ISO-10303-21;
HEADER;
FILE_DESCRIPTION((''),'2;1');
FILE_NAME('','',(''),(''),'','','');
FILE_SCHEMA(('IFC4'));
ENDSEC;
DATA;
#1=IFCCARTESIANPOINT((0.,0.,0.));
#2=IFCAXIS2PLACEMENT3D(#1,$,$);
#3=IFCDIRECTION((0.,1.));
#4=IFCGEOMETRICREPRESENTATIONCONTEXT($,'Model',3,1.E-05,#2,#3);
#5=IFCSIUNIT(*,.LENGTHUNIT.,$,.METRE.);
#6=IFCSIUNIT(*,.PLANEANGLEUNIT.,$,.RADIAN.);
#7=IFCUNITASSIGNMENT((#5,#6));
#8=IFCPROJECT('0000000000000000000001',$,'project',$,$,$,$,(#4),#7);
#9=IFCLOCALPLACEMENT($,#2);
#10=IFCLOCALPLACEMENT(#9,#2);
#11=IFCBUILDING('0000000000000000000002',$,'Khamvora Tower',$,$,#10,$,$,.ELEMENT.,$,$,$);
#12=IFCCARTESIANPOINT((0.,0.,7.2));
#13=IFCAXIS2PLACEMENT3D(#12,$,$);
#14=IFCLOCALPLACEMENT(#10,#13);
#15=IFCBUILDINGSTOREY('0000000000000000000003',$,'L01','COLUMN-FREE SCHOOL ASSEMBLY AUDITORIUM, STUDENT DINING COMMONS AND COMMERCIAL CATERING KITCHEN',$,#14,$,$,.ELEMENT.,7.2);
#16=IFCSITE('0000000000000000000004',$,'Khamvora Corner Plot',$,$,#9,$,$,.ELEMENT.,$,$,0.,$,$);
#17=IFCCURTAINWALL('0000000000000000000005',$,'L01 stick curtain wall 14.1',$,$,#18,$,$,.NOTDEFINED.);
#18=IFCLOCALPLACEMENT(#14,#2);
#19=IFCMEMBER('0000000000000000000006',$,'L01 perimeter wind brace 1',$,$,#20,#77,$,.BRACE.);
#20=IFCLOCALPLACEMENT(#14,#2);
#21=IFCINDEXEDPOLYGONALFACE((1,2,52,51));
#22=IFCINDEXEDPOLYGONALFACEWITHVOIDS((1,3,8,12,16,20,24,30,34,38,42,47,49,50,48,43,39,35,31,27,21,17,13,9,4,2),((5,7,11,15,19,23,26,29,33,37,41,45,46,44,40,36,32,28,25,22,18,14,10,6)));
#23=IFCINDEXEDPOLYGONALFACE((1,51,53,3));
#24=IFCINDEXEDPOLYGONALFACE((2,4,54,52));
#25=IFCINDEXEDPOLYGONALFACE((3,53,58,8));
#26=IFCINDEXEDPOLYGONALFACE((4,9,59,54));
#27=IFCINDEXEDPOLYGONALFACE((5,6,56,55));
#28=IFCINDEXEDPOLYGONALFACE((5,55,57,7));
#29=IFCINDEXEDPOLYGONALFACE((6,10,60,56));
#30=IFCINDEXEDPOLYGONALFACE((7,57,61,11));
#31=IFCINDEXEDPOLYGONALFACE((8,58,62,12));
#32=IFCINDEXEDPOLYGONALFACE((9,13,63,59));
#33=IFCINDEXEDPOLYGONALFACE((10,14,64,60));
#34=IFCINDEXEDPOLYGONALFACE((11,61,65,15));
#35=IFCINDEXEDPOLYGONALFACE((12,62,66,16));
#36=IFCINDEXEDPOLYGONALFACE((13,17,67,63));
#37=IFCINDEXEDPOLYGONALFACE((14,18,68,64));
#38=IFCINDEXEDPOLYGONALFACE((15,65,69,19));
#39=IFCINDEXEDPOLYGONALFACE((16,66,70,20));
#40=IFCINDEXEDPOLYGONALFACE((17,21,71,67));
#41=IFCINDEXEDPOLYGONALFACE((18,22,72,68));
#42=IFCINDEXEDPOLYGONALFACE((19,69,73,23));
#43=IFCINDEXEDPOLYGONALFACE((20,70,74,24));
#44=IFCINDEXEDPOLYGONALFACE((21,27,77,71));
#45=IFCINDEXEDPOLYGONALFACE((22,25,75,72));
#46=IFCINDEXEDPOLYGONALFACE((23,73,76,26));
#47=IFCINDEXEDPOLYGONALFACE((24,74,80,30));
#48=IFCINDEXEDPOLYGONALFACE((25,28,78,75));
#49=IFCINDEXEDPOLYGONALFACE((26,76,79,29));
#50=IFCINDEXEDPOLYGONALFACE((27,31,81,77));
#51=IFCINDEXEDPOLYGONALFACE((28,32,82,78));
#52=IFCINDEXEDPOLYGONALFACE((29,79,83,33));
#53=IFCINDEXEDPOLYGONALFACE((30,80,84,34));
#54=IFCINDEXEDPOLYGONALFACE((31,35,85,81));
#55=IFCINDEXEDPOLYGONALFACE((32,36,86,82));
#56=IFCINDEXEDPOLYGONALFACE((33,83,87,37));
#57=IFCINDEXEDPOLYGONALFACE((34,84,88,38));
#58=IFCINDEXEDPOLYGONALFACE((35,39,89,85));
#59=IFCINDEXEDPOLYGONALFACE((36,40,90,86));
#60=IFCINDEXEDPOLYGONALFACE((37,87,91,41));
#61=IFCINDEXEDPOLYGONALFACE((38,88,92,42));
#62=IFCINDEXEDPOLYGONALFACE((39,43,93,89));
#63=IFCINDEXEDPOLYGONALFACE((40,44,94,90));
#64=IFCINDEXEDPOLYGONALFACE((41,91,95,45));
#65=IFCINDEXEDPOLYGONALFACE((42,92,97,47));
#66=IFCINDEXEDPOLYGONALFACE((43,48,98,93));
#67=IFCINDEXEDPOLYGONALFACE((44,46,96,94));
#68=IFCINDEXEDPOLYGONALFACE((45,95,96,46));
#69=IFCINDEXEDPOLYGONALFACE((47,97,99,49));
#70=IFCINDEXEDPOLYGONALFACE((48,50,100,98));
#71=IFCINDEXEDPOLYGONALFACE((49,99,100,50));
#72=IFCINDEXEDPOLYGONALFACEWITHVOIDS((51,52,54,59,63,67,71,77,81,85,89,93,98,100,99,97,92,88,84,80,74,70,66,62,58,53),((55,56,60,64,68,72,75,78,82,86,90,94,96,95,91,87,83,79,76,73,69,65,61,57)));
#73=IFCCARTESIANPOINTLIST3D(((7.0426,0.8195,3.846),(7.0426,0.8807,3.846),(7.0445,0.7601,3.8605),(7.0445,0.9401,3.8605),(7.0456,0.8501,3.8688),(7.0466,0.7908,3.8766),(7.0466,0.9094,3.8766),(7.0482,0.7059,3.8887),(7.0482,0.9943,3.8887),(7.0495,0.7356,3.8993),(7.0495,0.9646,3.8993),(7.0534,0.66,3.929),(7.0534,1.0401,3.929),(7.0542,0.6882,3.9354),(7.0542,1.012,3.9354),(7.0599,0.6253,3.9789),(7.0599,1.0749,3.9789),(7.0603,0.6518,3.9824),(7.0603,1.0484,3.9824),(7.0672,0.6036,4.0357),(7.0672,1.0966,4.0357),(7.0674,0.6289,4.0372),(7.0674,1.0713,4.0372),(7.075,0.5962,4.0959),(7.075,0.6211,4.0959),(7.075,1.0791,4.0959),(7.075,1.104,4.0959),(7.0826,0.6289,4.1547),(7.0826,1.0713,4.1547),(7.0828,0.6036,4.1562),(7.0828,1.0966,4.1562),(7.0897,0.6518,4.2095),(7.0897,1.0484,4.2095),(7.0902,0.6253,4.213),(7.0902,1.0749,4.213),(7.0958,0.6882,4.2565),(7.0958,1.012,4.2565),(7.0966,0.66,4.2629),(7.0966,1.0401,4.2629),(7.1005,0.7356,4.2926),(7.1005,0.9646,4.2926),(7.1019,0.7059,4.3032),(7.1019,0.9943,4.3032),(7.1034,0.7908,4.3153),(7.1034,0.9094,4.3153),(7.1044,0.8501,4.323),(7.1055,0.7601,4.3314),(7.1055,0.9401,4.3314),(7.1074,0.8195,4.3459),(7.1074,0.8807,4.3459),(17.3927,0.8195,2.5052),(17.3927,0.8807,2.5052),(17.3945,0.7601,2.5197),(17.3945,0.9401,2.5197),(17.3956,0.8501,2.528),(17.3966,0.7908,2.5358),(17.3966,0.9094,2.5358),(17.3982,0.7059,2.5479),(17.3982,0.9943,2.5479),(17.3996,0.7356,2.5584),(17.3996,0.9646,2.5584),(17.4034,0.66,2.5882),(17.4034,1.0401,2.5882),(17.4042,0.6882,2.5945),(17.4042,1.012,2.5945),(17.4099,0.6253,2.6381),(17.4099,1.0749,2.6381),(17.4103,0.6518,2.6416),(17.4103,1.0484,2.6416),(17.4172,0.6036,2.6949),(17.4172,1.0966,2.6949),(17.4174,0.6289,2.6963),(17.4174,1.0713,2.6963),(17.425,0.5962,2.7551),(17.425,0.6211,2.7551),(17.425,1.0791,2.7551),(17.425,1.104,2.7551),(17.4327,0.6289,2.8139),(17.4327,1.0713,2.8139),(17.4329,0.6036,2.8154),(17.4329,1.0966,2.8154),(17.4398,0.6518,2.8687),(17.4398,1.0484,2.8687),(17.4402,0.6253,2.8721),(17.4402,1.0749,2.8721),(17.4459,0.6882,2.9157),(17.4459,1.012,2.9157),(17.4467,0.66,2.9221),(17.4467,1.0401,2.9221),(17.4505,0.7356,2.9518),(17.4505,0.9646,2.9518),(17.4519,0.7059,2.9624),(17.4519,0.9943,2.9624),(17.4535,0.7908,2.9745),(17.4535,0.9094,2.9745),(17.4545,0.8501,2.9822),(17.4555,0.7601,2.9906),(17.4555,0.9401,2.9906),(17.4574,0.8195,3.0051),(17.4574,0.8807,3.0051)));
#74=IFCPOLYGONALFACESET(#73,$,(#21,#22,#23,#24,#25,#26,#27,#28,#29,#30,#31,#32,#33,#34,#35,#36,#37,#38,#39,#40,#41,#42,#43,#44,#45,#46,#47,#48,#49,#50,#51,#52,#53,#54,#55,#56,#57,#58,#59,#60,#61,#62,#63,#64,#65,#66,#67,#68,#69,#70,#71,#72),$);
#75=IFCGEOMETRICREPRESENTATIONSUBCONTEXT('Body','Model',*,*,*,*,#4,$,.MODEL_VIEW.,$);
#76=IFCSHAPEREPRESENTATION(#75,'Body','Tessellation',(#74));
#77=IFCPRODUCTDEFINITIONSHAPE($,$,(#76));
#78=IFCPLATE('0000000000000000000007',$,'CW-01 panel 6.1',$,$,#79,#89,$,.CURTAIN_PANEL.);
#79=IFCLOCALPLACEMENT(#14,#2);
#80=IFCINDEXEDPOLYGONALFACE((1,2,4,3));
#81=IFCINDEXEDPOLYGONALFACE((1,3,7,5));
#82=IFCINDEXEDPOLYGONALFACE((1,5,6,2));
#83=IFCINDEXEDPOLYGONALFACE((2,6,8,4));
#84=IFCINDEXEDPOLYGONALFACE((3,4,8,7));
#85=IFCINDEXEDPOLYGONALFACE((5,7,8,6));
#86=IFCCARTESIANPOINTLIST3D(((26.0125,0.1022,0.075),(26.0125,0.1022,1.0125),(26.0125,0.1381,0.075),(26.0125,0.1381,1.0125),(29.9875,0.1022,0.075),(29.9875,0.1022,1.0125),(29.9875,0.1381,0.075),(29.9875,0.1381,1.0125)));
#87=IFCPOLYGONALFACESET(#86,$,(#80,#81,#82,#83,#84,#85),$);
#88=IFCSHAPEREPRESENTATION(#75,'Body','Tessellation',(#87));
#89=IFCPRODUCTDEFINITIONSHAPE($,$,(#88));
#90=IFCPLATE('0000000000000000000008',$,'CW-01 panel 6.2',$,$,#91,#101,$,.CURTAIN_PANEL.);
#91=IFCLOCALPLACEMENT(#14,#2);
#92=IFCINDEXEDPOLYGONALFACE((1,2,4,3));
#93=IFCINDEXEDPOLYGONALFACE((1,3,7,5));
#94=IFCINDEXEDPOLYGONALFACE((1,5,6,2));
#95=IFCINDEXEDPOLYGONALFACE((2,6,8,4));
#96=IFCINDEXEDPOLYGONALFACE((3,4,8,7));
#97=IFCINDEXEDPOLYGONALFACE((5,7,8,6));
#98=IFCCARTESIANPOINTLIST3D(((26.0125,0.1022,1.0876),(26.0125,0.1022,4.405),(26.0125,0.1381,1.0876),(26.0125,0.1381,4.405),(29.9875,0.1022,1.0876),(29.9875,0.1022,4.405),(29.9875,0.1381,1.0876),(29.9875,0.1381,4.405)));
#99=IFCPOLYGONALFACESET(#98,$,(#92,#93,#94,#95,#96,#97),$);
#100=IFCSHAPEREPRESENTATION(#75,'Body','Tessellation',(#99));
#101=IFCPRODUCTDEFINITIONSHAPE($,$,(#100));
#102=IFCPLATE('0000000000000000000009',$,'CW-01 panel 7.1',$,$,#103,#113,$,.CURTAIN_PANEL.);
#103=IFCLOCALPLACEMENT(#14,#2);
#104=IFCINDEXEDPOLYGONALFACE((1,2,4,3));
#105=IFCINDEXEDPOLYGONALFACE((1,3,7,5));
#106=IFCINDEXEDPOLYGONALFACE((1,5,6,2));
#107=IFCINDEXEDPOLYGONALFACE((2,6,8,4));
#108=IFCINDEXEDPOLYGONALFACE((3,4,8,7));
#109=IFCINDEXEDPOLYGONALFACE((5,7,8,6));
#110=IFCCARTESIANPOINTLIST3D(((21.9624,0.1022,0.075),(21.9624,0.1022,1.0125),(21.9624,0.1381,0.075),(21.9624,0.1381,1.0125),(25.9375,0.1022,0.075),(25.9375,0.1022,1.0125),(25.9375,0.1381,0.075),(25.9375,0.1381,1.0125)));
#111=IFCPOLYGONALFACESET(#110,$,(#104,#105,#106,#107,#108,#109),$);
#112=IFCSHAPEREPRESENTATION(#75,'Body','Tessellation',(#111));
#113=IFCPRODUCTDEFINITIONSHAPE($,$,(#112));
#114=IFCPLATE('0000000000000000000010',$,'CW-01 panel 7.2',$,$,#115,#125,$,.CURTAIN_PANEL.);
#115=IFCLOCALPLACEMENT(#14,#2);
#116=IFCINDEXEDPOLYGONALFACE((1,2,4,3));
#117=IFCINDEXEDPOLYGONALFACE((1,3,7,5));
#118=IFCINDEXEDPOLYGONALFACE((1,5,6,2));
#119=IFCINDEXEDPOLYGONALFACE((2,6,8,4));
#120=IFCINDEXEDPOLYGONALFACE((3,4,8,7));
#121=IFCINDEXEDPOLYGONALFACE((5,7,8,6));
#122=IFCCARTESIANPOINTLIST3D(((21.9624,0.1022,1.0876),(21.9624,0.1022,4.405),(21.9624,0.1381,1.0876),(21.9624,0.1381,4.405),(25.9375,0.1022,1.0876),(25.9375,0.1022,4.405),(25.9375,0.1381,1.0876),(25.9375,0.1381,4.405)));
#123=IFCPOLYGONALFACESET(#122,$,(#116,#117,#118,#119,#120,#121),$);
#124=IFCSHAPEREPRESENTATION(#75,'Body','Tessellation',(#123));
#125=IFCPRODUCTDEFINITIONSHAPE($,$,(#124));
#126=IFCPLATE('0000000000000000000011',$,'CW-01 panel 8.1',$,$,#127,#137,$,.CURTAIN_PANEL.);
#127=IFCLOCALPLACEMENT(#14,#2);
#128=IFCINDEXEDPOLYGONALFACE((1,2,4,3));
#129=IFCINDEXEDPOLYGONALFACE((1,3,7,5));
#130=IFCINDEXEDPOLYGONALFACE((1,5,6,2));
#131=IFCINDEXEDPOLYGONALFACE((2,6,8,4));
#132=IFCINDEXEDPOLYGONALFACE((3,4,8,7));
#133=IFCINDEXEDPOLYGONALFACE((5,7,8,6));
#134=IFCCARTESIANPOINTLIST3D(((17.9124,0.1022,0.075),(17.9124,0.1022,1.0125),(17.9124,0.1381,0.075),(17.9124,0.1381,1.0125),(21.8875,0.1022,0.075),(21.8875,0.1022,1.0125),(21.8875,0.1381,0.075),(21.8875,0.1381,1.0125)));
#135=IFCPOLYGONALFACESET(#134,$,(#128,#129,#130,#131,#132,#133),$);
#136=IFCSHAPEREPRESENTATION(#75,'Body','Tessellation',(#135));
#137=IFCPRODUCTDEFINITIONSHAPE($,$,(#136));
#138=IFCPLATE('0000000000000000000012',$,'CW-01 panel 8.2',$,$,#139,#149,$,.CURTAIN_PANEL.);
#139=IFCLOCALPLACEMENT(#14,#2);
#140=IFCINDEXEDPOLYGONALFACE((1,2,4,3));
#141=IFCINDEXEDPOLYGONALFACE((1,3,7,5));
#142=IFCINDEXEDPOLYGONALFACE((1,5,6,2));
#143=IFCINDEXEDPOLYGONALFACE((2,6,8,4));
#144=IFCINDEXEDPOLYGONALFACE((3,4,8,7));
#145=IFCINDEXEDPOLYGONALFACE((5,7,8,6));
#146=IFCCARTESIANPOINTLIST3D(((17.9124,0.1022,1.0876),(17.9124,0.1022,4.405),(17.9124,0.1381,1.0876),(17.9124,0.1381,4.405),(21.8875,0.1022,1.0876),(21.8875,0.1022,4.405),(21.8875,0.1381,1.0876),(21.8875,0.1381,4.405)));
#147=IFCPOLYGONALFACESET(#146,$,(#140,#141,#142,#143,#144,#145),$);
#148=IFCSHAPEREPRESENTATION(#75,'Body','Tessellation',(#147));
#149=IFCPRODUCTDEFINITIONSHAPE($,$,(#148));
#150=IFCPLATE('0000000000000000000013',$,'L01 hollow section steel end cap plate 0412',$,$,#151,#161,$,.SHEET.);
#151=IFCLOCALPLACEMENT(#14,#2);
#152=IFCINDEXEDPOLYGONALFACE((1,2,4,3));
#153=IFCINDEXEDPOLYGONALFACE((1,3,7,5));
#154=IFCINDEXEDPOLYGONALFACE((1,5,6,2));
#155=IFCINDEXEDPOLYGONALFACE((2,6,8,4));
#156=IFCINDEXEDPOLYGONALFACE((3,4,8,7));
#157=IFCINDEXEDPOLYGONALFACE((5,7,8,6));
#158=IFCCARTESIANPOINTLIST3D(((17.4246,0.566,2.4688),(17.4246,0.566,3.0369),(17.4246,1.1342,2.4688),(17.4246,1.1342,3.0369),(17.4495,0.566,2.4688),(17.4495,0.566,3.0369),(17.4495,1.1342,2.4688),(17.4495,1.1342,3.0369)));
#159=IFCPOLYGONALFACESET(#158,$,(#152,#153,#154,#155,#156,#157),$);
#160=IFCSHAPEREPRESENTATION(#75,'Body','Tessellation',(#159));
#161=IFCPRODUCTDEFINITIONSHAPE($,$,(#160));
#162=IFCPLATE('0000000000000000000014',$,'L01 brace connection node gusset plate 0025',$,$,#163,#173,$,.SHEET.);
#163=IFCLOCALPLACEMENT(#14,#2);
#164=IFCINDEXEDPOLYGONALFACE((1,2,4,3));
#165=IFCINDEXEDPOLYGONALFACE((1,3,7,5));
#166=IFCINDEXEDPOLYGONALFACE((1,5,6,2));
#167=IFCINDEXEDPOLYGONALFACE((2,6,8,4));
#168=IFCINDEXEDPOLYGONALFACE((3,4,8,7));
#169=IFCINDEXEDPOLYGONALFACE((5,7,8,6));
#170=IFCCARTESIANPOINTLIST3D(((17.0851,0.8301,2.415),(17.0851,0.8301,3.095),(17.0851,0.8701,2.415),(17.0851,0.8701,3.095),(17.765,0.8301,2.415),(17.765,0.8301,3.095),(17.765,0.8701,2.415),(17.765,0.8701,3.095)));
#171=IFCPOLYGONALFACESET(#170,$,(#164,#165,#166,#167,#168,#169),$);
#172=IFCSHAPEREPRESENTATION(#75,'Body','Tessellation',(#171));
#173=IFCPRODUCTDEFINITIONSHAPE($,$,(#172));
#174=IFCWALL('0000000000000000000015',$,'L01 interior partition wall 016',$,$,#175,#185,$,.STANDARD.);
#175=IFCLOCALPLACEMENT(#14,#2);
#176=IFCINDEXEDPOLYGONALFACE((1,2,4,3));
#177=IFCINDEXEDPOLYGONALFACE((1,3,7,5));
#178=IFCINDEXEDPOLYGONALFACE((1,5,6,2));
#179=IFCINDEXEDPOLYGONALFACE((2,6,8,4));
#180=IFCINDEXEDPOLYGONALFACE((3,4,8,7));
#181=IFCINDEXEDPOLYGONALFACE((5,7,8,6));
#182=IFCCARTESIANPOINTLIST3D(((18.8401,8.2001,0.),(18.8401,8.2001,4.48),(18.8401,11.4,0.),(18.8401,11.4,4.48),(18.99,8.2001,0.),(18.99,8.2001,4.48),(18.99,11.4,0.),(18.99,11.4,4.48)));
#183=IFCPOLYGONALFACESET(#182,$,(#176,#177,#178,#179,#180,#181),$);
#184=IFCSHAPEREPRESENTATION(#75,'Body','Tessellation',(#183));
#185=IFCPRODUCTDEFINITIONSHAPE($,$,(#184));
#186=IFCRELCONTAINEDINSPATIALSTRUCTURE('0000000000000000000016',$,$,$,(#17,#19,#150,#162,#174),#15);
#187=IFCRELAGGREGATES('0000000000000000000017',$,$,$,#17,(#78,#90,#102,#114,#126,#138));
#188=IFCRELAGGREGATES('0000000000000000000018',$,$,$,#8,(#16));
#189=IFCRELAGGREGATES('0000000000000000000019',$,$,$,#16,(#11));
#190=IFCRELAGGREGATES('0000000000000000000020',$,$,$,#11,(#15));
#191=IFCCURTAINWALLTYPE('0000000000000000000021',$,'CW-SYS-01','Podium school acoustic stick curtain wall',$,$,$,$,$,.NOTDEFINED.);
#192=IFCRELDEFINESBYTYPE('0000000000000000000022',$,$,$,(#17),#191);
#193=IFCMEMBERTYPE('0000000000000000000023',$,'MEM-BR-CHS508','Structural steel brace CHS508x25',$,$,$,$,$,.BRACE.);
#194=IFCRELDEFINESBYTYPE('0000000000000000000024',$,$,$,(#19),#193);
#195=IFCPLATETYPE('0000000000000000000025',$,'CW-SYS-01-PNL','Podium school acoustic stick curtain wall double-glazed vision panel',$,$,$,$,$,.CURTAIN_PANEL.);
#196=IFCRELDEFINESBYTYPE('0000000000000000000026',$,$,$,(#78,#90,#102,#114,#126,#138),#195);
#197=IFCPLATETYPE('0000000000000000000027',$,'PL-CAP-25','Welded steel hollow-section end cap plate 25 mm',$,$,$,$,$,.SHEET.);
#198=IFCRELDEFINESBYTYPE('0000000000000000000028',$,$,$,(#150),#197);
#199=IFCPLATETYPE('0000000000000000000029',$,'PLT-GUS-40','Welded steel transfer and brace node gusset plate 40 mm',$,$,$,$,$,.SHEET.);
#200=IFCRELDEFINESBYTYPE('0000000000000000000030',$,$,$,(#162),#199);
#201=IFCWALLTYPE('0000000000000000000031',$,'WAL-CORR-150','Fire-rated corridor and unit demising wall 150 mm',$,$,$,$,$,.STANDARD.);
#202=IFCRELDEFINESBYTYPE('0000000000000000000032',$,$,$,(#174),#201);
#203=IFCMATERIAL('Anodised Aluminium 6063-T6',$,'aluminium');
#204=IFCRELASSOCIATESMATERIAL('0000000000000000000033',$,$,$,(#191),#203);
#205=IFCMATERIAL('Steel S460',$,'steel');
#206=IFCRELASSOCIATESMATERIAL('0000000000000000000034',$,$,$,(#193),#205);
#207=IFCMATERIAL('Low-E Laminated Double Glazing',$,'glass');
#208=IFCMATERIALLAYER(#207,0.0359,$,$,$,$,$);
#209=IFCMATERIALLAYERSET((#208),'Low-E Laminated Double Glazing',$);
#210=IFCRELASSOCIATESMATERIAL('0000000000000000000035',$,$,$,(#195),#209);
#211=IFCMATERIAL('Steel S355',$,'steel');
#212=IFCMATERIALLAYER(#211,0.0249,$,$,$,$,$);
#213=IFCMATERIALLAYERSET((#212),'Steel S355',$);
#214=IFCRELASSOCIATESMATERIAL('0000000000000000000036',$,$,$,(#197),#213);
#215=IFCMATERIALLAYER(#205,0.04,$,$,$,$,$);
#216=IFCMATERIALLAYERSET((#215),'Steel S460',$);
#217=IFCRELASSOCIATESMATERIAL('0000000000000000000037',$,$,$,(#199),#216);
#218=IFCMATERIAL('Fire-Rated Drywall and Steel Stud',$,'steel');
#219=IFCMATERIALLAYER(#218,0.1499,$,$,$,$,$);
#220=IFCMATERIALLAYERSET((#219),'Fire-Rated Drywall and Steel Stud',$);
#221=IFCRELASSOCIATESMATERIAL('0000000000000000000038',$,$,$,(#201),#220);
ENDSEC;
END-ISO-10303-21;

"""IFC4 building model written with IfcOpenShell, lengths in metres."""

from ifc_helpers import new_model, si_unit, direction, frame, frame_2d, origin, origin_2d, place, context, subcontext, project, spatial, rectangle, hollow_circle, extrude, material, layer, layer_set, material_profile, profile_set, type_object, element, aggregate, save


model = new_model("IFC4")

# Units and contexts
model_context = context("Model", 3, precision=1e-05, world=origin(), true_north=direction((0.0, 1.0)))
body_context = subcontext(model_context, "Body", "Model", "MODEL_VIEW")
ifc_project = project(units=[si_unit("LENGTHUNIT", "METRE"), si_unit("PLANEANGLEUNIT", "RADIAN")], contexts=[model_context])

# Site, building, storey
site_placement = place(None, origin())
site = spatial("IfcSite", under=ifc_project, at=site_placement, Name="Khamvora Corner Plot", CompositionType="ELEMENT", RefElevation=0.0)
building_placement = place(site_placement, origin())
building = spatial("IfcBuilding", under=site, at=building_placement, Name="Khamvora Tower", CompositionType="ELEMENT")
storey_placement = place(building_placement, frame((0.0, 0.0, 7.2)))
storey = spatial("IfcBuildingStorey", under=building, at=storey_placement, Name="L01", Description="COLUMN-FREE SCHOOL ASSEMBLY AUDITORIUM, STUDENT DINING COMMONS AND COMMERCIAL CATERING KITCHEN", CompositionType="ELEMENT", Elevation=7.2)

# Shared definitions
ifc_material_1 = material(Name="Steel S460", Category="steel")

# Shared definitions
ifc_material_2 = material(Name="Steel S355", Category="steel")

# Curtain wall
ifc_material_3 = material(Name="Anodised Aluminium 6063-T6", Category="aluminium")
curtain_wall_type = type_object("IfcCurtainWallType", Name="CW-SYS-01", Description="Podium school acoustic stick curtain wall", PredefinedType="NOTDEFINED", material=ifc_material_3)
curtain_wall_placement = place(storey_placement, origin())
curtain_wall = element("IfcCurtainWall", 1, at=curtain_wall_placement, inside=storey, type_object=curtain_wall_type, Name="L01 stick curtain wall 14.1", PredefinedType="NOTDEFINED")

# Member
ifc_material_profile_1 = material_profile(ifc_material_1, hollow_circle(Radius=0.2539, WallThickness=0.0249, at=origin_2d()), Name="CHS508x25")
ifc_profile_set_1 = profile_set([ifc_material_profile_1], Name="Steel S460")
member_type_1 = type_object("IfcMemberType", Name="MEM-BR-CHS508", Description="Structural steel brace CHS508x25", PredefinedType="BRACE", material=ifc_profile_set_1)
member_1_placement = place(storey_placement, frame((17.425, 0.8501, 2.7551), z_axis=(-0.991713, 0.0, 0.128473), x_axis=(0.0, -1.0, 0.0)))
element("IfcMember", 2, at=member_1_placement, inside=storey, type_object=member_type_1, Name="L01 perimeter wind brace 1", PredefinedType="BRACE", context=body_context, shape_type="SweptSolid", body=[
    extrude(hollow_circle(Radius=0.2539, WallThickness=0.0249, at=origin_2d()), origin(), (0.0, 0.0, 1.0), 10.4365),
])

# Plates
ifc_material_4 = material(Name="Low-E Laminated Double Glazing", Category="glass")
ifc_layer_1 = layer(ifc_material_4, 0.0359)
ifc_layer_set_1 = layer_set([ifc_layer_1], Name="Low-E Laminated Double Glazing")
plate_type_1 = type_object("IfcPlateType", Name="CW-SYS-01-PNL", Description="Podium school acoustic stick curtain wall double-glazed vision panel", PredefinedType="CURTAIN_PANEL", material=ifc_layer_set_1)
plate_1_placement = place(storey_placement, frame((28.0, 0.1201, 0.075), z_axis=(0.0, 0.0, 1.0), x_axis=(-1.0, 0.0, 0.0)))
plate_1 = element("IfcPlate", 3, at=plate_1_placement, type_object=plate_type_1, Name="CW-01 panel 6.1", PredefinedType="CURTAIN_PANEL", context=body_context, shape_type="SweptSolid", body=[
    extrude(rectangle(XDim=3.9751, YDim=0.0359, at=origin_2d()), origin(), (0.0, 0.0, 1.0), 0.9375),
])
plate_2_placement = place(storey_placement, frame((28.0, 0.1201, 1.0876), z_axis=(0.0, 0.0, 1.0), x_axis=(-1.0, 0.0, 0.0)))
plate_2 = element("IfcPlate", 4, at=plate_2_placement, type_object=plate_type_1, Name="CW-01 panel 6.2", PredefinedType="CURTAIN_PANEL", context=body_context, shape_type="SweptSolid", body=[
    extrude(rectangle(XDim=3.9751, YDim=0.0359, at=origin_2d()), origin(), (0.0, 0.0, 1.0), 3.3174),
])
plate_3_placement = place(storey_placement, frame((23.95, 0.1201, 0.075), z_axis=(0.0, 0.0, 1.0), x_axis=(-1.0, 0.0, 0.0)))
plate_3 = element("IfcPlate", 5, at=plate_3_placement, type_object=plate_type_1, Name="CW-01 panel 7.1", PredefinedType="CURTAIN_PANEL", context=body_context, shape_type="SweptSolid", body=[
    extrude(rectangle(XDim=3.9751, YDim=0.0359, at=origin_2d()), origin(), (0.0, 0.0, 1.0), 0.9375),
])
plate_4_placement = place(storey_placement, frame((23.95, 0.1201, 1.0876), z_axis=(0.0, 0.0, 1.0), x_axis=(-1.0, 0.0, 0.0)))
plate_4 = element("IfcPlate", 6, at=plate_4_placement, type_object=plate_type_1, Name="CW-01 panel 7.2", PredefinedType="CURTAIN_PANEL", context=body_context, shape_type="SweptSolid", body=[
    extrude(rectangle(XDim=3.9751, YDim=0.0359, at=origin_2d()), origin(), (0.0, 0.0, 1.0), 3.3174),
])
plate_5_placement = place(storey_placement, frame((19.8999, 0.1201, 0.075), z_axis=(0.0, 0.0, 1.0), x_axis=(-1.0, 0.0, 0.0)))
plate_5 = element("IfcPlate", 7, at=plate_5_placement, type_object=plate_type_1, Name="CW-01 panel 8.1", PredefinedType="CURTAIN_PANEL", context=body_context, shape_type="SweptSolid", body=[
    extrude(rectangle(XDim=3.9751, YDim=0.0359, at=origin_2d()), origin(), (0.0, 0.0, 1.0), 0.9375),
])
plate_6_placement = place(storey_placement, frame((19.8999, 0.1201, 1.0876), z_axis=(0.0, 0.0, 1.0), x_axis=(-1.0, 0.0, 0.0)))
plate_6 = element("IfcPlate", 8, at=plate_6_placement, type_object=plate_type_1, Name="CW-01 panel 8.2", PredefinedType="CURTAIN_PANEL", context=body_context, shape_type="SweptSolid", body=[
    extrude(rectangle(XDim=3.9751, YDim=0.0359, at=origin_2d()), origin(), (0.0, 0.0, 1.0), 3.3174),
])
aggregate(curtain_wall, [plate_1, plate_2, plate_3, plate_4, plate_5, plate_6])

# Plates
ifc_layer_2 = layer(ifc_material_2, 0.0249)
ifc_layer_set_2 = layer_set([ifc_layer_2], Name="Steel S355")
plate_type_2 = type_object("IfcPlateType", Name="PL-CAP-25", Description="Welded steel hollow-section end cap plate 25 mm", PredefinedType="SHEET", material=ifc_layer_set_2)
plate_7_placement = place(storey_placement, frame((17.437, 0.8501, 2.4688), z_axis=(0.0, 0.0, 1.0), x_axis=(-1.0, 0.0, 0.0)))
element("IfcPlate", 9, at=plate_7_placement, inside=storey, type_object=plate_type_2, Name="L01 hollow section steel end cap plate 0412", PredefinedType="SHEET", context=body_context, shape_type="SweptSolid", body=[
    extrude(rectangle(XDim=0.0249, YDim=0.5681, at=origin_2d()), origin(), (0.0, 0.0, 1.0), 0.5681),
])
ifc_layer_3 = layer(ifc_material_1, 0.04)
ifc_layer_set_3 = layer_set([ifc_layer_3], Name="Steel S460")
plate_type_3 = type_object("IfcPlateType", Name="PLT-GUS-40", Description="Welded steel transfer and brace node gusset plate 40 mm", PredefinedType="SHEET", material=ifc_layer_set_3)
plate_8_placement = place(storey_placement, frame((17.425, 0.8501, 2.415), z_axis=(0.0, 0.0, 1.0), x_axis=(1.0, 0.0, 0.0)))
element("IfcPlate", 10, at=plate_8_placement, inside=storey, type_object=plate_type_3, Name="L01 brace connection node gusset plate 0025", PredefinedType="SHEET", context=body_context, shape_type="SweptSolid", body=[
    extrude(rectangle(XDim=0.6799, YDim=0.04, at=origin_2d()), origin(), (0.0, 0.0, 1.0), 0.6799),
])

# Wall
ifc_material_5 = material(Name="Fire-Rated Drywall and Steel Stud", Category="steel")
ifc_layer_4 = layer(ifc_material_5, 0.1499)
ifc_layer_set_4 = layer_set([ifc_layer_4], Name="Fire-Rated Drywall and Steel Stud")
wall_type = type_object("IfcWallType", Name="WAL-CORR-150", Description="Fire-rated corridor and unit demising wall 150 mm", PredefinedType="STANDARD", material=ifc_layer_set_4)
wall_1_placement = place(storey_placement, frame((18.915, 8.2, 0.0), z_axis=(0.0, 0.0, 1.0), x_axis=(0.0, 1.0, 0.0)))
element("IfcWall", 11, at=wall_1_placement, inside=storey, type_object=wall_type, Name="L01 interior partition wall 016", PredefinedType="STANDARD", context=body_context, shape_type="SweptSolid", body=[
    extrude(rectangle(XDim=3.2, YDim=0.1499, at=frame_2d((1.6001, 0.0))), origin(), (0.0, 0.0, 1.0), 4.48),
])

save(model, "model.ifc")
